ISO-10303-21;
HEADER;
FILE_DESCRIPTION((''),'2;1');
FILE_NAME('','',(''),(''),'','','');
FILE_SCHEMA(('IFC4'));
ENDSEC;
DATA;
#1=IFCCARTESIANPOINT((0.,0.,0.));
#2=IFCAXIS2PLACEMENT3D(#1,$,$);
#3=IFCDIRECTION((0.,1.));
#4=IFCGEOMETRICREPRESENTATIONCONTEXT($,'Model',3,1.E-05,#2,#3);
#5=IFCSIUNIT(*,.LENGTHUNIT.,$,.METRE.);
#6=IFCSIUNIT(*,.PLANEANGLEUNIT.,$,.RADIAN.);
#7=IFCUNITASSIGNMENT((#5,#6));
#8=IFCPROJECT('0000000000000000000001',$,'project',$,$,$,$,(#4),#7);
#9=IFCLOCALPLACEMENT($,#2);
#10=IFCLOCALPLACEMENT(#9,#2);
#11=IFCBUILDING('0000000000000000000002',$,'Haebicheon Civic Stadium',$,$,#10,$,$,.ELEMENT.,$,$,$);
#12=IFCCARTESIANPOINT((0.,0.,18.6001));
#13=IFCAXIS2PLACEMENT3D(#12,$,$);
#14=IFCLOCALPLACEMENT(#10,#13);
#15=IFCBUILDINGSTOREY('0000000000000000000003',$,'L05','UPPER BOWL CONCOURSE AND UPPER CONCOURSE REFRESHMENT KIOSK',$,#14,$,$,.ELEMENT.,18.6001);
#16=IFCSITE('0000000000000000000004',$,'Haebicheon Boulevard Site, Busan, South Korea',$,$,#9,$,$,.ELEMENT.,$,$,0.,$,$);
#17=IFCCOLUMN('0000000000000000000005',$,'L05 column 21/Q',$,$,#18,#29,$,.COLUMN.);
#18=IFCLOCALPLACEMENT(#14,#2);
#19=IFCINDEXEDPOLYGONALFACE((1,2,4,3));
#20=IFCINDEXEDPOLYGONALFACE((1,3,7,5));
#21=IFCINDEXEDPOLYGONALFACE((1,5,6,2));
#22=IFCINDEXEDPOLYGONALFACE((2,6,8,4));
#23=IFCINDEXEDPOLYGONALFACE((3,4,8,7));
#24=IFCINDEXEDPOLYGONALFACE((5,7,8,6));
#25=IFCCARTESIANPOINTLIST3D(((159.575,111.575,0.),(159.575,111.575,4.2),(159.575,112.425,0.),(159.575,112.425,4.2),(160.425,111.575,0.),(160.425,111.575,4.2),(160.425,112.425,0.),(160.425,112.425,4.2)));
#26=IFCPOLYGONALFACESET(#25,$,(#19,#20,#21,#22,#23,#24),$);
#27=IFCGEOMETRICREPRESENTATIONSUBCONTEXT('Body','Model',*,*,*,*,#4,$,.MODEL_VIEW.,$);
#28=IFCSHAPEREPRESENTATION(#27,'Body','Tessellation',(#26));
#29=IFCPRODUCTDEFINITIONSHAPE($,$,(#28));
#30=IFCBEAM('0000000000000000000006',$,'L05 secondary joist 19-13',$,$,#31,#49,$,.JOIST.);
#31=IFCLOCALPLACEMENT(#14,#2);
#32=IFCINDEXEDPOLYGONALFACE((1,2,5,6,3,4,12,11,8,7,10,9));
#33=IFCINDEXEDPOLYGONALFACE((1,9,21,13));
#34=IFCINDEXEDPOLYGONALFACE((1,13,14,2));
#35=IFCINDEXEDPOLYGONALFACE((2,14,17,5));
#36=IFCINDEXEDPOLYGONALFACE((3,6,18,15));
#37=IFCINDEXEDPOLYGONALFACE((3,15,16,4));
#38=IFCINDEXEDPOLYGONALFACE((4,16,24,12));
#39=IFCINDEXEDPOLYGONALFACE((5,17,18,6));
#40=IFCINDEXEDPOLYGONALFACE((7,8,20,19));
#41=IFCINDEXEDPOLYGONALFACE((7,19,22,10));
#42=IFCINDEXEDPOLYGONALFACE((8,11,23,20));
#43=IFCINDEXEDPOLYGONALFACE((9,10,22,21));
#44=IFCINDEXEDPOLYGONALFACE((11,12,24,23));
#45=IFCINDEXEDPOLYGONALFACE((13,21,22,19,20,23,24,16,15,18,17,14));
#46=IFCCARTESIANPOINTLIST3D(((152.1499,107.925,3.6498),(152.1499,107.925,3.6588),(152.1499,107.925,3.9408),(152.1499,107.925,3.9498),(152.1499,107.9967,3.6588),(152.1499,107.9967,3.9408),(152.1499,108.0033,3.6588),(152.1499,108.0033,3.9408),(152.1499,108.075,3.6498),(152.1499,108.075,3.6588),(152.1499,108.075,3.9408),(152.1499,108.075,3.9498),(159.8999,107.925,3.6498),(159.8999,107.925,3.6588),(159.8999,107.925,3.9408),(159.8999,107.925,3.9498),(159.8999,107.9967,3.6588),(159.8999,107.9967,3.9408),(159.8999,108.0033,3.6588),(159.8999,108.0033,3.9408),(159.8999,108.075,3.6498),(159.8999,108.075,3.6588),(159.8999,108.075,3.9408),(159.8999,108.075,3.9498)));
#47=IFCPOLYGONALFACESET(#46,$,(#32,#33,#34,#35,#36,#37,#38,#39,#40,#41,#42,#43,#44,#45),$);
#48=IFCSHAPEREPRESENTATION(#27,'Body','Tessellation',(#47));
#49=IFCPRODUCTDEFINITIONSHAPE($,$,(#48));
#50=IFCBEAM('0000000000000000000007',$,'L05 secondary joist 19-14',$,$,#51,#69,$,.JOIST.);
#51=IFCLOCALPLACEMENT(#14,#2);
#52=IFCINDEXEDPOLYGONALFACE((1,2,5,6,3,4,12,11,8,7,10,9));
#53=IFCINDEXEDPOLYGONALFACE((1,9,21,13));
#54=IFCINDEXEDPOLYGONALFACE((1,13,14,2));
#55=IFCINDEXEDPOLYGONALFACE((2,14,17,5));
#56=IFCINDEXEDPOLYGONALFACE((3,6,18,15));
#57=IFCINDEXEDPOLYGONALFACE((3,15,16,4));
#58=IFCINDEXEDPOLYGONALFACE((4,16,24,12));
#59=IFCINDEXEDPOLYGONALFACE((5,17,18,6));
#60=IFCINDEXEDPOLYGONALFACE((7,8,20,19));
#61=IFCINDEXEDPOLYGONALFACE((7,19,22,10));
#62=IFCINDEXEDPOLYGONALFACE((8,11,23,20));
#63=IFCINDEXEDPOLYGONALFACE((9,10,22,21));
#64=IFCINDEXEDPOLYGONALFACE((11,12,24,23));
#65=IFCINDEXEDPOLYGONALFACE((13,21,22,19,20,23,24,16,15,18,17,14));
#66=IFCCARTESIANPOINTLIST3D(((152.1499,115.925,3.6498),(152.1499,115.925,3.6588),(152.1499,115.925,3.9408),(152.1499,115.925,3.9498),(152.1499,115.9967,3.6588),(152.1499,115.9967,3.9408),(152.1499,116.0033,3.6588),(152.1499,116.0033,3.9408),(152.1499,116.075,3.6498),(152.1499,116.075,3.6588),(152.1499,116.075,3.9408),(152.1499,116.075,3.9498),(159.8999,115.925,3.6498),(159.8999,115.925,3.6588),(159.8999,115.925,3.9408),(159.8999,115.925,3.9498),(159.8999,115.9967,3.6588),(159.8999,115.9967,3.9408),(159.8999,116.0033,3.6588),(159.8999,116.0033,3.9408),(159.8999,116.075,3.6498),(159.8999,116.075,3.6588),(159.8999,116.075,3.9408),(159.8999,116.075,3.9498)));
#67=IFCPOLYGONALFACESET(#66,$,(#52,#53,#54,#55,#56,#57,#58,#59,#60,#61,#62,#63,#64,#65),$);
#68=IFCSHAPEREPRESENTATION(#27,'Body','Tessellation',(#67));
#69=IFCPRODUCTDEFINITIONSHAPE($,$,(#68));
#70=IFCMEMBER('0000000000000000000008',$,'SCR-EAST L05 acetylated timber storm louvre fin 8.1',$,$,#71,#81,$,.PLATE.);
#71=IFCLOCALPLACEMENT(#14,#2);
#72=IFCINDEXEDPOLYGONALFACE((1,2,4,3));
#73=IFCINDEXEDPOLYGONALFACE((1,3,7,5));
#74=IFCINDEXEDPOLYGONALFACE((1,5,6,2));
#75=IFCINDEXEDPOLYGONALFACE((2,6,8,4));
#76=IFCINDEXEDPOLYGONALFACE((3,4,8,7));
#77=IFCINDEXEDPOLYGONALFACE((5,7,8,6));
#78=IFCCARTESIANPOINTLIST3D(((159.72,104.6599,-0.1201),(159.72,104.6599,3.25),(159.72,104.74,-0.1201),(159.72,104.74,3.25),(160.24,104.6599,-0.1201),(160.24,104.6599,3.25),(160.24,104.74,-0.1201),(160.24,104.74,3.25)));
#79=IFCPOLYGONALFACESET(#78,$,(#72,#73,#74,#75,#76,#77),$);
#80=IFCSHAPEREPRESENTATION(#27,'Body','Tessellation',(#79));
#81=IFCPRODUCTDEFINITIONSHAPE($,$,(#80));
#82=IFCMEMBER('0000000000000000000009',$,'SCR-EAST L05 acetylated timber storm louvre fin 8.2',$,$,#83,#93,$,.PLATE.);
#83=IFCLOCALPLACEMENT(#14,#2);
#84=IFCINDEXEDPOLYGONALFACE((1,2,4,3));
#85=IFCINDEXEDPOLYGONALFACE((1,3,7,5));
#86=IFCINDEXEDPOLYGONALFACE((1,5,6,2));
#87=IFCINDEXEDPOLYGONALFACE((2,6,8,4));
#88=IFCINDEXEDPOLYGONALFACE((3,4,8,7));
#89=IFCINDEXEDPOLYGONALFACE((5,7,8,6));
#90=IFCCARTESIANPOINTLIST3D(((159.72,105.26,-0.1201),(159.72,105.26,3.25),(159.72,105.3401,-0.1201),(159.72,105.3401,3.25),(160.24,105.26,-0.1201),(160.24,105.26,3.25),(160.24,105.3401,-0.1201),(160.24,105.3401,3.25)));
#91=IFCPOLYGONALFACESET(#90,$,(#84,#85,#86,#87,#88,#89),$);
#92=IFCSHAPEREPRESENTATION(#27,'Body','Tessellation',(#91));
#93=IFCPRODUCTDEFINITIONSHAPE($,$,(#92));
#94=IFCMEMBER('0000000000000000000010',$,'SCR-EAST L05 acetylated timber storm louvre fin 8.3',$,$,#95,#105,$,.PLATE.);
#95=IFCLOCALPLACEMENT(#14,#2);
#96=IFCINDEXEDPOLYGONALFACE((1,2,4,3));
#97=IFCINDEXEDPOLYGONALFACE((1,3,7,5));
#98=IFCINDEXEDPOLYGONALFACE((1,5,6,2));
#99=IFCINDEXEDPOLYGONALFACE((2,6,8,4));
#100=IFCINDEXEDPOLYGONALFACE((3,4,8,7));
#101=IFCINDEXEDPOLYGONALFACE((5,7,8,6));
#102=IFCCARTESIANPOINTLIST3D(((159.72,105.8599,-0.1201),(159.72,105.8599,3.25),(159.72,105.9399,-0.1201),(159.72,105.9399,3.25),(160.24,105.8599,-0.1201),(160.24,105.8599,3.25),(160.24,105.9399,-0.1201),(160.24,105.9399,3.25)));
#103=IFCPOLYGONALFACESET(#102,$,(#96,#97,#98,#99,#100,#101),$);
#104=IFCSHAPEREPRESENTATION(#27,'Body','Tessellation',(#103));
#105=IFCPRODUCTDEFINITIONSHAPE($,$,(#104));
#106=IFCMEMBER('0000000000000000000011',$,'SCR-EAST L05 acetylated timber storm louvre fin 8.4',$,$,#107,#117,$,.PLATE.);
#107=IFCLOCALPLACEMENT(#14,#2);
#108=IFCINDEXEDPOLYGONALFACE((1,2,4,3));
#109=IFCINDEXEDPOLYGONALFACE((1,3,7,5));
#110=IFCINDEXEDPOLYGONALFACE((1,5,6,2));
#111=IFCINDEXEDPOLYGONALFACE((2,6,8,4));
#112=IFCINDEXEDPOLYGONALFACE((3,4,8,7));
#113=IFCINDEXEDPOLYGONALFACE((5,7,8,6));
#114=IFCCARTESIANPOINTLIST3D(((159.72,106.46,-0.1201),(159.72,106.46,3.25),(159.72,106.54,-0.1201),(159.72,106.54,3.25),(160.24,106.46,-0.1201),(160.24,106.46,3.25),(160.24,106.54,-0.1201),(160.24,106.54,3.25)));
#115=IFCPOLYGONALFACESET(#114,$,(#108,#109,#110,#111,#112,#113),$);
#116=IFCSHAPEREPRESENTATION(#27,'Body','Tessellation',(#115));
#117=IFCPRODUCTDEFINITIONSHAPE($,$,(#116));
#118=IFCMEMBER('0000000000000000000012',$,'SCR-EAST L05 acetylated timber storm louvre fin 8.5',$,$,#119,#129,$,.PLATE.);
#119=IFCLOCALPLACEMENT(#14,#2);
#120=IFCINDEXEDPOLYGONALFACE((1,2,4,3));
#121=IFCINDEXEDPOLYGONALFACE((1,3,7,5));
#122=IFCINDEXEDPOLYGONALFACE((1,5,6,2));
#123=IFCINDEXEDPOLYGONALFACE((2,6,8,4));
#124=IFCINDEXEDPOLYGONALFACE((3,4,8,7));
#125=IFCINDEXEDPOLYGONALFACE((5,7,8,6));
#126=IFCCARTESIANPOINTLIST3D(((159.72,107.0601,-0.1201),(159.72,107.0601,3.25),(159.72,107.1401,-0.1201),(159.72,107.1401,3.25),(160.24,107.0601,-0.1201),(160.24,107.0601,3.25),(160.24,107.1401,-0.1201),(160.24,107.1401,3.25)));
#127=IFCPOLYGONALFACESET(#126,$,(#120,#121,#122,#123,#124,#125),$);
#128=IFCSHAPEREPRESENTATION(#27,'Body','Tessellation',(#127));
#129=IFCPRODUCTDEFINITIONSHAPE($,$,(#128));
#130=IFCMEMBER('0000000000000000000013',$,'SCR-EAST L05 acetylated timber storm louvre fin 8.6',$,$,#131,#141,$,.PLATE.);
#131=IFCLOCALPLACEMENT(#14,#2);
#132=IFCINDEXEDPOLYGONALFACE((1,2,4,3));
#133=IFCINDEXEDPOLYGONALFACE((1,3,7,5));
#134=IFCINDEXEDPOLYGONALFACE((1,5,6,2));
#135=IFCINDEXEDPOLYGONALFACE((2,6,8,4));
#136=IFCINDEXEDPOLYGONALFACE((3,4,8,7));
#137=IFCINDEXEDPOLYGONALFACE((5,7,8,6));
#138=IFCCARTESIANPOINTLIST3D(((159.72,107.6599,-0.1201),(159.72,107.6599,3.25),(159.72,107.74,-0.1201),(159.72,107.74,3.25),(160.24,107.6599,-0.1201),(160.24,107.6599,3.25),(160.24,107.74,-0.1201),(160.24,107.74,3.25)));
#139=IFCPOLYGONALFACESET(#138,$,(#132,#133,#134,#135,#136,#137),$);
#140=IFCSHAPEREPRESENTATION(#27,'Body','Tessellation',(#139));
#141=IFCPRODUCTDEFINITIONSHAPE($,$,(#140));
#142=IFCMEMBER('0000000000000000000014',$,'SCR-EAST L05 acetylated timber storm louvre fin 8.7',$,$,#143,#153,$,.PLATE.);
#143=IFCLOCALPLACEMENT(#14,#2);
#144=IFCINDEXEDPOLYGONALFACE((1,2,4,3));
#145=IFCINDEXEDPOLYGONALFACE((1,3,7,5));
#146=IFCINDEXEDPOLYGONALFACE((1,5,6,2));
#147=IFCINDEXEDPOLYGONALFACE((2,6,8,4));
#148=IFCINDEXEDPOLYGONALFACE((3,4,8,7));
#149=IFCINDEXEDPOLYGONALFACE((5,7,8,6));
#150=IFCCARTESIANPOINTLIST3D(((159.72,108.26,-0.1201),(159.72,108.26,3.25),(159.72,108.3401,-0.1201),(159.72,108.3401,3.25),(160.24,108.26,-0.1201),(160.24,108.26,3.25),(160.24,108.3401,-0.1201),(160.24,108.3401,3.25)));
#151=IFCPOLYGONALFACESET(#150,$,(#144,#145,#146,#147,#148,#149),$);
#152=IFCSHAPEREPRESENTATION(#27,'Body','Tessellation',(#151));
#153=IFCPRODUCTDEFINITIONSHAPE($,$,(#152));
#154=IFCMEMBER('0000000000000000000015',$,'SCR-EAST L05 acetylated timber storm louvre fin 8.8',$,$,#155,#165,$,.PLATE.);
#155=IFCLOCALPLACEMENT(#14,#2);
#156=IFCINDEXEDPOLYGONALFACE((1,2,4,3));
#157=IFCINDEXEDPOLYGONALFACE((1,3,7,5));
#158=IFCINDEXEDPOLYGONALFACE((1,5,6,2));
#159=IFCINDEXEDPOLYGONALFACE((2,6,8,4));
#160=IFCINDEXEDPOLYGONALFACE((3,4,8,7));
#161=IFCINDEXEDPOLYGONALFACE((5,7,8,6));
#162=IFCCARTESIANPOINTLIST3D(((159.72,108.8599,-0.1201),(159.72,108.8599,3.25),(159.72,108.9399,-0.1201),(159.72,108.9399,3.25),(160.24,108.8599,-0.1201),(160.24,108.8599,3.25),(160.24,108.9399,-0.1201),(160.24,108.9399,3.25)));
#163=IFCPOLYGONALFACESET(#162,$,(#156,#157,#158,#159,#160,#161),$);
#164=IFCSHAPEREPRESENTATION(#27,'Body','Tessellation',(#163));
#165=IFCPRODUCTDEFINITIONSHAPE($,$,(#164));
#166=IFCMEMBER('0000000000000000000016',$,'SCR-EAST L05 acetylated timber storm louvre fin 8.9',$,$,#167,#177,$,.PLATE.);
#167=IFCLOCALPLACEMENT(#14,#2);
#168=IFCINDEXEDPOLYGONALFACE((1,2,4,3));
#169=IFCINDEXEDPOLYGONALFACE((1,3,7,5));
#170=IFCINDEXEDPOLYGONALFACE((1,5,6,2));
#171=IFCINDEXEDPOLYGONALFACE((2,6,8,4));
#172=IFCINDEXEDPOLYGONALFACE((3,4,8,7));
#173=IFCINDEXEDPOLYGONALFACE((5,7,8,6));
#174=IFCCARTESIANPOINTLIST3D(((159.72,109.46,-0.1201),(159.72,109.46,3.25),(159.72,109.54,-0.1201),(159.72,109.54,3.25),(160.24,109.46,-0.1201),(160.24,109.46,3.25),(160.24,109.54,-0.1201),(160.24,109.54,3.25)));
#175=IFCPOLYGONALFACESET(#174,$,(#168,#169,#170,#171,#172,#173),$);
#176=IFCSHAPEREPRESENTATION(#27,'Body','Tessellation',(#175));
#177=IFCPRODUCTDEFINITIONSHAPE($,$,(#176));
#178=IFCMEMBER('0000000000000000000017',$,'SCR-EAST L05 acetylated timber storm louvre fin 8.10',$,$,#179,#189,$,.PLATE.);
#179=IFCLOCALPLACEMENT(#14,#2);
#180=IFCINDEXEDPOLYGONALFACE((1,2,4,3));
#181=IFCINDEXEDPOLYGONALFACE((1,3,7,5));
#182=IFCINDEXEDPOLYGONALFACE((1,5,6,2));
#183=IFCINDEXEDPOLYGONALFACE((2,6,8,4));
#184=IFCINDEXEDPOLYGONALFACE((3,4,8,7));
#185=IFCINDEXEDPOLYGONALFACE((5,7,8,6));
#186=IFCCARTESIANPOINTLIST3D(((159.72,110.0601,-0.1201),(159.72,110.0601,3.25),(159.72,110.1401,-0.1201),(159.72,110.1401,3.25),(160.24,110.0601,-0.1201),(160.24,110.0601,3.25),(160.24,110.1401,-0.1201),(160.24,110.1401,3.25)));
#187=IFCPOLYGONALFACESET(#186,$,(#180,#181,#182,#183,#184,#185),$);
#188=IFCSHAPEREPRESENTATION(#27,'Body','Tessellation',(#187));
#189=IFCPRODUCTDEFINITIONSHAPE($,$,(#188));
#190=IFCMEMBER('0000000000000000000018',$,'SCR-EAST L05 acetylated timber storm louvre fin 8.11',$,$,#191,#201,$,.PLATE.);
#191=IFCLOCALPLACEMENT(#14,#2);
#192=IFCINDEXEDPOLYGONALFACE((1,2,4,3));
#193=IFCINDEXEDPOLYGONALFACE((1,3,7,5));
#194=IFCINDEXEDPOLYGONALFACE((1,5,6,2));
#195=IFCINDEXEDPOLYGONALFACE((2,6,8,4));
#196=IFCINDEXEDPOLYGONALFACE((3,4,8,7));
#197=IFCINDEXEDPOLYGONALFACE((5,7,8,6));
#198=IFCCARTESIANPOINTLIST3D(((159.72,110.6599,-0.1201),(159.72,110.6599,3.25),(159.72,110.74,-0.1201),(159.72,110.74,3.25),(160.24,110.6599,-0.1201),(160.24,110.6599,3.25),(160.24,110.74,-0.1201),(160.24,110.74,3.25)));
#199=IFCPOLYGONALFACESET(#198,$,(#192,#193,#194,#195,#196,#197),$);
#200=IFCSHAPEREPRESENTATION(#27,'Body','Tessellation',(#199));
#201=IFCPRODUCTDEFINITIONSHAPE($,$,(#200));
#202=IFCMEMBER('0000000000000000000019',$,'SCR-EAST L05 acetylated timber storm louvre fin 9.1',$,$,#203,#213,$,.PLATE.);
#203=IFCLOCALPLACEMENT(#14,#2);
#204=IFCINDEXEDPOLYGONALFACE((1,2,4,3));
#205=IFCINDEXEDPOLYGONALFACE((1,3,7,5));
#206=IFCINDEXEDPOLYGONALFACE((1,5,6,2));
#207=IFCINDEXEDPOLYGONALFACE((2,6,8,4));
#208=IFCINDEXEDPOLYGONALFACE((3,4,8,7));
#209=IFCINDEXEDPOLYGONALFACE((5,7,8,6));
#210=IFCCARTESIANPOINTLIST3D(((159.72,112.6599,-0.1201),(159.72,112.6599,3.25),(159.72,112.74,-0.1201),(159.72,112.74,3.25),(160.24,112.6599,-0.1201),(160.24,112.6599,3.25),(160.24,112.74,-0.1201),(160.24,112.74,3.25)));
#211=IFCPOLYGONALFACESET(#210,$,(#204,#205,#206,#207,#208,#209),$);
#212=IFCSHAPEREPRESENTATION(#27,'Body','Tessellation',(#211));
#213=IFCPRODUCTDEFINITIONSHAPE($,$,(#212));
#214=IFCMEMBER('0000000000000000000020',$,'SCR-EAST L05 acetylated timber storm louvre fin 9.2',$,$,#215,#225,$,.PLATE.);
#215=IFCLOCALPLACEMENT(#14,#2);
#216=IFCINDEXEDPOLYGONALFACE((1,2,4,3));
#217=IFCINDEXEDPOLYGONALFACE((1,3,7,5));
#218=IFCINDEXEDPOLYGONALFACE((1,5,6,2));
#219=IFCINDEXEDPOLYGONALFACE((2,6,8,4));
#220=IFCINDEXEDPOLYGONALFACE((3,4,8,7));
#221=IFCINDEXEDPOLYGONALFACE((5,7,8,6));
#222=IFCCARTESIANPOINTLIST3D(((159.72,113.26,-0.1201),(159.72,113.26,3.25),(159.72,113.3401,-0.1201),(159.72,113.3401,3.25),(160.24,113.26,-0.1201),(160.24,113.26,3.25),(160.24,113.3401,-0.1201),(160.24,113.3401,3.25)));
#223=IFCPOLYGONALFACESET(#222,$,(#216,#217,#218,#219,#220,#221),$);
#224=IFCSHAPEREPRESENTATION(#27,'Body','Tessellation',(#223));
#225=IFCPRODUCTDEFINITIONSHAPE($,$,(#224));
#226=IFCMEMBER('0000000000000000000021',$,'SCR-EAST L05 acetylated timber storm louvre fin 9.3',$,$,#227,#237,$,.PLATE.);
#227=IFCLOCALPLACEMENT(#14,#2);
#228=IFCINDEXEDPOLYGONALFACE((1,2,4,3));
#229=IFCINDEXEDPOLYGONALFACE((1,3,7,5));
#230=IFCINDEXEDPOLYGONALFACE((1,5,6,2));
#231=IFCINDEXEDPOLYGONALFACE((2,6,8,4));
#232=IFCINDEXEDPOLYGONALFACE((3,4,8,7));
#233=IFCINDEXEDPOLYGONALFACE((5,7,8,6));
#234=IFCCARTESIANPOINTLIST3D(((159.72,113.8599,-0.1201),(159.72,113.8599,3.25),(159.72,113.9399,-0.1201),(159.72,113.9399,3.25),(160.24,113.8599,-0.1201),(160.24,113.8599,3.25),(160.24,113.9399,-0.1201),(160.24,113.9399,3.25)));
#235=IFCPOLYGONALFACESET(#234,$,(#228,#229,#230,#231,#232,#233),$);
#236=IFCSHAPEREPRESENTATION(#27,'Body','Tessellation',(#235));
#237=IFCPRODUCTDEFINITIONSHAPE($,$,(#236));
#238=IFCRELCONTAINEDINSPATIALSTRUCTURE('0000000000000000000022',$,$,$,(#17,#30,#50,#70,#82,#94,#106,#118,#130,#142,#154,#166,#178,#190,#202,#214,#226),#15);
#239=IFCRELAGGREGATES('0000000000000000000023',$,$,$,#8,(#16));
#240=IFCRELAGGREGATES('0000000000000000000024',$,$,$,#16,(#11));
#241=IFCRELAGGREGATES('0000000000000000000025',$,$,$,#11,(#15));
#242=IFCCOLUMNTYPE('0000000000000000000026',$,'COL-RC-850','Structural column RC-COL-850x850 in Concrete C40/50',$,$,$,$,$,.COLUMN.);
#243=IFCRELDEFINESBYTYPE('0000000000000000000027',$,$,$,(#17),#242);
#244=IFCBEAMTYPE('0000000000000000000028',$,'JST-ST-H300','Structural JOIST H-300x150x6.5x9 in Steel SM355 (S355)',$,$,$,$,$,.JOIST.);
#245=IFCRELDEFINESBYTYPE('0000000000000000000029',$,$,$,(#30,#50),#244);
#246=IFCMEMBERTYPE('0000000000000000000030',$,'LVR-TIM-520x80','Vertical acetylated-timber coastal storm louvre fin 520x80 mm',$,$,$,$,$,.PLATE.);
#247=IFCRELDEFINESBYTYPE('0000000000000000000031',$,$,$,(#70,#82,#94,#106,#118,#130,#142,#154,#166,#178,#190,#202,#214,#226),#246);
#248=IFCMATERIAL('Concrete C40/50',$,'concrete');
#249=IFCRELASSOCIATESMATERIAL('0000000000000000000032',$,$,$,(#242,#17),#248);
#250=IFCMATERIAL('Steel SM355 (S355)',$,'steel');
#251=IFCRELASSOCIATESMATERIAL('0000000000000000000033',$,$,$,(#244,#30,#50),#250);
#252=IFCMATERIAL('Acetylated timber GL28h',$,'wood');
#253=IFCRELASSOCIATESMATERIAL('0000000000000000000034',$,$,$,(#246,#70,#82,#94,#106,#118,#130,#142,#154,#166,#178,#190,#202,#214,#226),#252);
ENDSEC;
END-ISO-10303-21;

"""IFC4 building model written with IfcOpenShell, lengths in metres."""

from ifc_helpers import new_model, si_unit, direction, frame, origin, origin_2d, place, context, subcontext, project, spatial, rectangle, i_section, extrude, material, material_profile, profile_set, type_object, element, save


model = new_model("IFC4")

# Units and contexts
model_context = context("Model", 3, precision=1e-05, world=origin(), true_north=direction((0.0, 1.0)))
body_context = subcontext(model_context, "Body", "Model", "MODEL_VIEW")
ifc_project = project(units=[si_unit("LENGTHUNIT", "METRE"), si_unit("PLANEANGLEUNIT", "RADIAN")], contexts=[model_context])

# Site, building, storey
site_placement = place(None, origin())
site = spatial("IfcSite", under=ifc_project, at=site_placement, Name="Haebicheon Boulevard Site, Busan, South Korea", CompositionType="ELEMENT", RefElevation=0.0)
building_placement = place(site_placement, origin())
building = spatial("IfcBuilding", under=site, at=building_placement, Name="Haebicheon Civic Stadium", CompositionType="ELEMENT")
storey_placement = place(building_placement, frame((0.0, 0.0, 18.6001)))
storey = spatial("IfcBuildingStorey", under=building, at=storey_placement, Name="L05", Description="UPPER BOWL CONCOURSE AND UPPER CONCOURSE REFRESHMENT KIOSK", CompositionType="ELEMENT", Elevation=18.6001)

# Column
ifc_material_1 = material(Name="Concrete C40/50", Category="concrete")
ifc_material_profile_1 = material_profile(ifc_material_1, rectangle(XDim=0.8501, YDim=0.8501, at=origin_2d()), Name="RC-COL-850x850")
ifc_profile_set_1 = profile_set([ifc_material_profile_1], Name="Concrete C40/50")
column_type = type_object("IfcColumnType", Name="COL-RC-850", Description="Structural column RC-COL-850x850 in Concrete C40/50", PredefinedType="COLUMN", material=ifc_profile_set_1)
column_placement = place(storey_placement, frame((160.0, 112.0, 0.0), z_axis=(0.0, 0.0, 1.0), x_axis=(1.0, 0.0, 0.0)))
element("IfcColumn", 1, at=column_placement, inside=storey, type_object=column_type, material=ifc_profile_set_1, Name="L05 column 21/Q", PredefinedType="COLUMN", context=body_context, shape_type="SweptSolid", body=[
    extrude(rectangle(XDim=0.8501, YDim=0.8501, at=origin_2d()), origin(), (0.0, 0.0, 1.0), 4.2),
])

# Beams
ifc_material_2 = material(Name="Steel SM355 (S355)", Category="steel")
ifc_material_profile_2 = material_profile(ifc_material_2, i_section(OverallWidth=0.1499, OverallDepth=0.3, WebThickness=0.0066, FlangeThickness=0.009, at=origin_2d()), Name="H-300x150x6.5x9")
ifc_profile_set_2 = profile_set([ifc_material_profile_2], Name="Steel SM355 (S355)")
beam_type_1 = type_object("IfcBeamType", Name="JST-ST-H300", Description="Structural JOIST H-300x150x6.5x9 in Steel SM355 (S355)", PredefinedType="JOIST", material=ifc_profile_set_2)
for number, where, z_axis, x_axis, name in (
    (2, (152.1499, 108.0, 3.7998), (1.0, 0.0, 0.0), (0.0, 1.0, 0.0), "L05 secondary joist 19-13"),
    (3, (152.1499, 116.0, 3.7998), (1.0, 0.0, 0.0), (0.0, 1.0, 0.0), "L05 secondary joist 19-14"),
):
    element("IfcBeam", number, at=place(storey_placement, frame(where, z_axis=z_axis, x_axis=x_axis)), inside=storey, type_object=beam_type_1, material=ifc_profile_set_2, Name=name, PredefinedType="JOIST", context=body_context, shape_type="SweptSolid", body=[
        extrude(i_section(OverallWidth=0.1499, OverallDepth=0.3, WebThickness=0.0066, FlangeThickness=0.009, at=origin_2d()), origin(), (0.0, 0.0, 1.0), 7.75),
    ])

# Members
ifc_material_3 = material(Name="Acetylated timber GL28h", Category="wood")
ifc_material_profile_3 = material_profile(ifc_material_3, rectangle(XDim=0.0801, YDim=0.52, at=origin_2d()), Name="TMB-LOUV-80x520")
ifc_profile_set_3 = profile_set([ifc_material_profile_3], Name="Acetylated timber GL28h")
member_type = type_object("IfcMemberType", Name="LVR-TIM-520x80", Description="Vertical acetylated-timber coastal storm louvre fin 520x80 mm", PredefinedType="PLATE", material=ifc_profile_set_3)
for number, where, z_axis, x_axis, name in (
    (4, (159.98, 104.7, -0.1201), (0.0, 0.0, 1.0), (0.0, 1.0, 0.0), "SCR-EAST L05 acetylated timber storm louvre fin 8.1"),
    (5, (159.98, 105.3, -0.1201), (0.0, 0.0, 1.0), (0.0, 1.0, 0.0), "SCR-EAST L05 acetylated timber storm louvre fin 8.2"),
    (6, (159.98, 105.8999, -0.1201), (0.0, 0.0, 1.0), (0.0, 1.0, 0.0), "SCR-EAST L05 acetylated timber storm louvre fin 8.3"),
    (7, (159.98, 106.5, -0.1201), (0.0, 0.0, 1.0), (0.0, 1.0, 0.0), "SCR-EAST L05 acetylated timber storm louvre fin 8.4"),
    (8, (159.98, 107.1001, -0.1201), (0.0, 0.0, 1.0), (0.0, 1.0, 0.0), "SCR-EAST L05 acetylated timber storm louvre fin 8.5"),
    (9, (159.98, 107.7, -0.1201), (0.0, 0.0, 1.0), (0.0, 1.0, 0.0), "SCR-EAST L05 acetylated timber storm louvre fin 8.6"),
    (10, (159.98, 108.3, -0.1201), (0.0, 0.0, 1.0), (0.0, 1.0, 0.0), "SCR-EAST L05 acetylated timber storm louvre fin 8.7"),
    (11, (159.98, 108.8999, -0.1201), (0.0, 0.0, 1.0), (0.0, 1.0, 0.0), "SCR-EAST L05 acetylated timber storm louvre fin 8.8"),
    (12, (159.98, 109.5, -0.1201), (0.0, 0.0, 1.0), (0.0, 1.0, 0.0), "SCR-EAST L05 acetylated timber storm louvre fin 8.9"),
    (13, (159.98, 110.1001, -0.1201), (0.0, 0.0, 1.0), (0.0, 1.0, 0.0), "SCR-EAST L05 acetylated timber storm louvre fin 8.10"),
    (14, (159.98, 110.7, -0.1201), (0.0, 0.0, 1.0), (0.0, 1.0, 0.0), "SCR-EAST L05 acetylated timber storm louvre fin 8.11"),
    (15, (159.98, 112.7, -0.1201), (0.0, 0.0, 1.0), (0.0, 1.0, 0.0), "SCR-EAST L05 acetylated timber storm louvre fin 9.1"),
    (16, (159.98, 113.3, -0.1201), (0.0, 0.0, 1.0), (0.0, 1.0, 0.0), "SCR-EAST L05 acetylated timber storm louvre fin 9.2"),
    (17, (159.98, 113.8999, -0.1201), (0.0, 0.0, 1.0), (0.0, 1.0, 0.0), "SCR-EAST L05 acetylated timber storm louvre fin 9.3"),
):
    element("IfcMember", number, at=place(storey_placement, frame(where, z_axis=z_axis, x_axis=x_axis)), inside=storey, type_object=member_type, material=ifc_profile_set_3, Name=name, PredefinedType="PLATE", context=body_context, shape_type="SweptSolid", body=[
        extrude(rectangle(XDim=0.0801, YDim=0.52, at=origin_2d()), origin(), (0.0, 0.0, 1.0), 3.3701),
    ])

save(model, "model.ifc")
